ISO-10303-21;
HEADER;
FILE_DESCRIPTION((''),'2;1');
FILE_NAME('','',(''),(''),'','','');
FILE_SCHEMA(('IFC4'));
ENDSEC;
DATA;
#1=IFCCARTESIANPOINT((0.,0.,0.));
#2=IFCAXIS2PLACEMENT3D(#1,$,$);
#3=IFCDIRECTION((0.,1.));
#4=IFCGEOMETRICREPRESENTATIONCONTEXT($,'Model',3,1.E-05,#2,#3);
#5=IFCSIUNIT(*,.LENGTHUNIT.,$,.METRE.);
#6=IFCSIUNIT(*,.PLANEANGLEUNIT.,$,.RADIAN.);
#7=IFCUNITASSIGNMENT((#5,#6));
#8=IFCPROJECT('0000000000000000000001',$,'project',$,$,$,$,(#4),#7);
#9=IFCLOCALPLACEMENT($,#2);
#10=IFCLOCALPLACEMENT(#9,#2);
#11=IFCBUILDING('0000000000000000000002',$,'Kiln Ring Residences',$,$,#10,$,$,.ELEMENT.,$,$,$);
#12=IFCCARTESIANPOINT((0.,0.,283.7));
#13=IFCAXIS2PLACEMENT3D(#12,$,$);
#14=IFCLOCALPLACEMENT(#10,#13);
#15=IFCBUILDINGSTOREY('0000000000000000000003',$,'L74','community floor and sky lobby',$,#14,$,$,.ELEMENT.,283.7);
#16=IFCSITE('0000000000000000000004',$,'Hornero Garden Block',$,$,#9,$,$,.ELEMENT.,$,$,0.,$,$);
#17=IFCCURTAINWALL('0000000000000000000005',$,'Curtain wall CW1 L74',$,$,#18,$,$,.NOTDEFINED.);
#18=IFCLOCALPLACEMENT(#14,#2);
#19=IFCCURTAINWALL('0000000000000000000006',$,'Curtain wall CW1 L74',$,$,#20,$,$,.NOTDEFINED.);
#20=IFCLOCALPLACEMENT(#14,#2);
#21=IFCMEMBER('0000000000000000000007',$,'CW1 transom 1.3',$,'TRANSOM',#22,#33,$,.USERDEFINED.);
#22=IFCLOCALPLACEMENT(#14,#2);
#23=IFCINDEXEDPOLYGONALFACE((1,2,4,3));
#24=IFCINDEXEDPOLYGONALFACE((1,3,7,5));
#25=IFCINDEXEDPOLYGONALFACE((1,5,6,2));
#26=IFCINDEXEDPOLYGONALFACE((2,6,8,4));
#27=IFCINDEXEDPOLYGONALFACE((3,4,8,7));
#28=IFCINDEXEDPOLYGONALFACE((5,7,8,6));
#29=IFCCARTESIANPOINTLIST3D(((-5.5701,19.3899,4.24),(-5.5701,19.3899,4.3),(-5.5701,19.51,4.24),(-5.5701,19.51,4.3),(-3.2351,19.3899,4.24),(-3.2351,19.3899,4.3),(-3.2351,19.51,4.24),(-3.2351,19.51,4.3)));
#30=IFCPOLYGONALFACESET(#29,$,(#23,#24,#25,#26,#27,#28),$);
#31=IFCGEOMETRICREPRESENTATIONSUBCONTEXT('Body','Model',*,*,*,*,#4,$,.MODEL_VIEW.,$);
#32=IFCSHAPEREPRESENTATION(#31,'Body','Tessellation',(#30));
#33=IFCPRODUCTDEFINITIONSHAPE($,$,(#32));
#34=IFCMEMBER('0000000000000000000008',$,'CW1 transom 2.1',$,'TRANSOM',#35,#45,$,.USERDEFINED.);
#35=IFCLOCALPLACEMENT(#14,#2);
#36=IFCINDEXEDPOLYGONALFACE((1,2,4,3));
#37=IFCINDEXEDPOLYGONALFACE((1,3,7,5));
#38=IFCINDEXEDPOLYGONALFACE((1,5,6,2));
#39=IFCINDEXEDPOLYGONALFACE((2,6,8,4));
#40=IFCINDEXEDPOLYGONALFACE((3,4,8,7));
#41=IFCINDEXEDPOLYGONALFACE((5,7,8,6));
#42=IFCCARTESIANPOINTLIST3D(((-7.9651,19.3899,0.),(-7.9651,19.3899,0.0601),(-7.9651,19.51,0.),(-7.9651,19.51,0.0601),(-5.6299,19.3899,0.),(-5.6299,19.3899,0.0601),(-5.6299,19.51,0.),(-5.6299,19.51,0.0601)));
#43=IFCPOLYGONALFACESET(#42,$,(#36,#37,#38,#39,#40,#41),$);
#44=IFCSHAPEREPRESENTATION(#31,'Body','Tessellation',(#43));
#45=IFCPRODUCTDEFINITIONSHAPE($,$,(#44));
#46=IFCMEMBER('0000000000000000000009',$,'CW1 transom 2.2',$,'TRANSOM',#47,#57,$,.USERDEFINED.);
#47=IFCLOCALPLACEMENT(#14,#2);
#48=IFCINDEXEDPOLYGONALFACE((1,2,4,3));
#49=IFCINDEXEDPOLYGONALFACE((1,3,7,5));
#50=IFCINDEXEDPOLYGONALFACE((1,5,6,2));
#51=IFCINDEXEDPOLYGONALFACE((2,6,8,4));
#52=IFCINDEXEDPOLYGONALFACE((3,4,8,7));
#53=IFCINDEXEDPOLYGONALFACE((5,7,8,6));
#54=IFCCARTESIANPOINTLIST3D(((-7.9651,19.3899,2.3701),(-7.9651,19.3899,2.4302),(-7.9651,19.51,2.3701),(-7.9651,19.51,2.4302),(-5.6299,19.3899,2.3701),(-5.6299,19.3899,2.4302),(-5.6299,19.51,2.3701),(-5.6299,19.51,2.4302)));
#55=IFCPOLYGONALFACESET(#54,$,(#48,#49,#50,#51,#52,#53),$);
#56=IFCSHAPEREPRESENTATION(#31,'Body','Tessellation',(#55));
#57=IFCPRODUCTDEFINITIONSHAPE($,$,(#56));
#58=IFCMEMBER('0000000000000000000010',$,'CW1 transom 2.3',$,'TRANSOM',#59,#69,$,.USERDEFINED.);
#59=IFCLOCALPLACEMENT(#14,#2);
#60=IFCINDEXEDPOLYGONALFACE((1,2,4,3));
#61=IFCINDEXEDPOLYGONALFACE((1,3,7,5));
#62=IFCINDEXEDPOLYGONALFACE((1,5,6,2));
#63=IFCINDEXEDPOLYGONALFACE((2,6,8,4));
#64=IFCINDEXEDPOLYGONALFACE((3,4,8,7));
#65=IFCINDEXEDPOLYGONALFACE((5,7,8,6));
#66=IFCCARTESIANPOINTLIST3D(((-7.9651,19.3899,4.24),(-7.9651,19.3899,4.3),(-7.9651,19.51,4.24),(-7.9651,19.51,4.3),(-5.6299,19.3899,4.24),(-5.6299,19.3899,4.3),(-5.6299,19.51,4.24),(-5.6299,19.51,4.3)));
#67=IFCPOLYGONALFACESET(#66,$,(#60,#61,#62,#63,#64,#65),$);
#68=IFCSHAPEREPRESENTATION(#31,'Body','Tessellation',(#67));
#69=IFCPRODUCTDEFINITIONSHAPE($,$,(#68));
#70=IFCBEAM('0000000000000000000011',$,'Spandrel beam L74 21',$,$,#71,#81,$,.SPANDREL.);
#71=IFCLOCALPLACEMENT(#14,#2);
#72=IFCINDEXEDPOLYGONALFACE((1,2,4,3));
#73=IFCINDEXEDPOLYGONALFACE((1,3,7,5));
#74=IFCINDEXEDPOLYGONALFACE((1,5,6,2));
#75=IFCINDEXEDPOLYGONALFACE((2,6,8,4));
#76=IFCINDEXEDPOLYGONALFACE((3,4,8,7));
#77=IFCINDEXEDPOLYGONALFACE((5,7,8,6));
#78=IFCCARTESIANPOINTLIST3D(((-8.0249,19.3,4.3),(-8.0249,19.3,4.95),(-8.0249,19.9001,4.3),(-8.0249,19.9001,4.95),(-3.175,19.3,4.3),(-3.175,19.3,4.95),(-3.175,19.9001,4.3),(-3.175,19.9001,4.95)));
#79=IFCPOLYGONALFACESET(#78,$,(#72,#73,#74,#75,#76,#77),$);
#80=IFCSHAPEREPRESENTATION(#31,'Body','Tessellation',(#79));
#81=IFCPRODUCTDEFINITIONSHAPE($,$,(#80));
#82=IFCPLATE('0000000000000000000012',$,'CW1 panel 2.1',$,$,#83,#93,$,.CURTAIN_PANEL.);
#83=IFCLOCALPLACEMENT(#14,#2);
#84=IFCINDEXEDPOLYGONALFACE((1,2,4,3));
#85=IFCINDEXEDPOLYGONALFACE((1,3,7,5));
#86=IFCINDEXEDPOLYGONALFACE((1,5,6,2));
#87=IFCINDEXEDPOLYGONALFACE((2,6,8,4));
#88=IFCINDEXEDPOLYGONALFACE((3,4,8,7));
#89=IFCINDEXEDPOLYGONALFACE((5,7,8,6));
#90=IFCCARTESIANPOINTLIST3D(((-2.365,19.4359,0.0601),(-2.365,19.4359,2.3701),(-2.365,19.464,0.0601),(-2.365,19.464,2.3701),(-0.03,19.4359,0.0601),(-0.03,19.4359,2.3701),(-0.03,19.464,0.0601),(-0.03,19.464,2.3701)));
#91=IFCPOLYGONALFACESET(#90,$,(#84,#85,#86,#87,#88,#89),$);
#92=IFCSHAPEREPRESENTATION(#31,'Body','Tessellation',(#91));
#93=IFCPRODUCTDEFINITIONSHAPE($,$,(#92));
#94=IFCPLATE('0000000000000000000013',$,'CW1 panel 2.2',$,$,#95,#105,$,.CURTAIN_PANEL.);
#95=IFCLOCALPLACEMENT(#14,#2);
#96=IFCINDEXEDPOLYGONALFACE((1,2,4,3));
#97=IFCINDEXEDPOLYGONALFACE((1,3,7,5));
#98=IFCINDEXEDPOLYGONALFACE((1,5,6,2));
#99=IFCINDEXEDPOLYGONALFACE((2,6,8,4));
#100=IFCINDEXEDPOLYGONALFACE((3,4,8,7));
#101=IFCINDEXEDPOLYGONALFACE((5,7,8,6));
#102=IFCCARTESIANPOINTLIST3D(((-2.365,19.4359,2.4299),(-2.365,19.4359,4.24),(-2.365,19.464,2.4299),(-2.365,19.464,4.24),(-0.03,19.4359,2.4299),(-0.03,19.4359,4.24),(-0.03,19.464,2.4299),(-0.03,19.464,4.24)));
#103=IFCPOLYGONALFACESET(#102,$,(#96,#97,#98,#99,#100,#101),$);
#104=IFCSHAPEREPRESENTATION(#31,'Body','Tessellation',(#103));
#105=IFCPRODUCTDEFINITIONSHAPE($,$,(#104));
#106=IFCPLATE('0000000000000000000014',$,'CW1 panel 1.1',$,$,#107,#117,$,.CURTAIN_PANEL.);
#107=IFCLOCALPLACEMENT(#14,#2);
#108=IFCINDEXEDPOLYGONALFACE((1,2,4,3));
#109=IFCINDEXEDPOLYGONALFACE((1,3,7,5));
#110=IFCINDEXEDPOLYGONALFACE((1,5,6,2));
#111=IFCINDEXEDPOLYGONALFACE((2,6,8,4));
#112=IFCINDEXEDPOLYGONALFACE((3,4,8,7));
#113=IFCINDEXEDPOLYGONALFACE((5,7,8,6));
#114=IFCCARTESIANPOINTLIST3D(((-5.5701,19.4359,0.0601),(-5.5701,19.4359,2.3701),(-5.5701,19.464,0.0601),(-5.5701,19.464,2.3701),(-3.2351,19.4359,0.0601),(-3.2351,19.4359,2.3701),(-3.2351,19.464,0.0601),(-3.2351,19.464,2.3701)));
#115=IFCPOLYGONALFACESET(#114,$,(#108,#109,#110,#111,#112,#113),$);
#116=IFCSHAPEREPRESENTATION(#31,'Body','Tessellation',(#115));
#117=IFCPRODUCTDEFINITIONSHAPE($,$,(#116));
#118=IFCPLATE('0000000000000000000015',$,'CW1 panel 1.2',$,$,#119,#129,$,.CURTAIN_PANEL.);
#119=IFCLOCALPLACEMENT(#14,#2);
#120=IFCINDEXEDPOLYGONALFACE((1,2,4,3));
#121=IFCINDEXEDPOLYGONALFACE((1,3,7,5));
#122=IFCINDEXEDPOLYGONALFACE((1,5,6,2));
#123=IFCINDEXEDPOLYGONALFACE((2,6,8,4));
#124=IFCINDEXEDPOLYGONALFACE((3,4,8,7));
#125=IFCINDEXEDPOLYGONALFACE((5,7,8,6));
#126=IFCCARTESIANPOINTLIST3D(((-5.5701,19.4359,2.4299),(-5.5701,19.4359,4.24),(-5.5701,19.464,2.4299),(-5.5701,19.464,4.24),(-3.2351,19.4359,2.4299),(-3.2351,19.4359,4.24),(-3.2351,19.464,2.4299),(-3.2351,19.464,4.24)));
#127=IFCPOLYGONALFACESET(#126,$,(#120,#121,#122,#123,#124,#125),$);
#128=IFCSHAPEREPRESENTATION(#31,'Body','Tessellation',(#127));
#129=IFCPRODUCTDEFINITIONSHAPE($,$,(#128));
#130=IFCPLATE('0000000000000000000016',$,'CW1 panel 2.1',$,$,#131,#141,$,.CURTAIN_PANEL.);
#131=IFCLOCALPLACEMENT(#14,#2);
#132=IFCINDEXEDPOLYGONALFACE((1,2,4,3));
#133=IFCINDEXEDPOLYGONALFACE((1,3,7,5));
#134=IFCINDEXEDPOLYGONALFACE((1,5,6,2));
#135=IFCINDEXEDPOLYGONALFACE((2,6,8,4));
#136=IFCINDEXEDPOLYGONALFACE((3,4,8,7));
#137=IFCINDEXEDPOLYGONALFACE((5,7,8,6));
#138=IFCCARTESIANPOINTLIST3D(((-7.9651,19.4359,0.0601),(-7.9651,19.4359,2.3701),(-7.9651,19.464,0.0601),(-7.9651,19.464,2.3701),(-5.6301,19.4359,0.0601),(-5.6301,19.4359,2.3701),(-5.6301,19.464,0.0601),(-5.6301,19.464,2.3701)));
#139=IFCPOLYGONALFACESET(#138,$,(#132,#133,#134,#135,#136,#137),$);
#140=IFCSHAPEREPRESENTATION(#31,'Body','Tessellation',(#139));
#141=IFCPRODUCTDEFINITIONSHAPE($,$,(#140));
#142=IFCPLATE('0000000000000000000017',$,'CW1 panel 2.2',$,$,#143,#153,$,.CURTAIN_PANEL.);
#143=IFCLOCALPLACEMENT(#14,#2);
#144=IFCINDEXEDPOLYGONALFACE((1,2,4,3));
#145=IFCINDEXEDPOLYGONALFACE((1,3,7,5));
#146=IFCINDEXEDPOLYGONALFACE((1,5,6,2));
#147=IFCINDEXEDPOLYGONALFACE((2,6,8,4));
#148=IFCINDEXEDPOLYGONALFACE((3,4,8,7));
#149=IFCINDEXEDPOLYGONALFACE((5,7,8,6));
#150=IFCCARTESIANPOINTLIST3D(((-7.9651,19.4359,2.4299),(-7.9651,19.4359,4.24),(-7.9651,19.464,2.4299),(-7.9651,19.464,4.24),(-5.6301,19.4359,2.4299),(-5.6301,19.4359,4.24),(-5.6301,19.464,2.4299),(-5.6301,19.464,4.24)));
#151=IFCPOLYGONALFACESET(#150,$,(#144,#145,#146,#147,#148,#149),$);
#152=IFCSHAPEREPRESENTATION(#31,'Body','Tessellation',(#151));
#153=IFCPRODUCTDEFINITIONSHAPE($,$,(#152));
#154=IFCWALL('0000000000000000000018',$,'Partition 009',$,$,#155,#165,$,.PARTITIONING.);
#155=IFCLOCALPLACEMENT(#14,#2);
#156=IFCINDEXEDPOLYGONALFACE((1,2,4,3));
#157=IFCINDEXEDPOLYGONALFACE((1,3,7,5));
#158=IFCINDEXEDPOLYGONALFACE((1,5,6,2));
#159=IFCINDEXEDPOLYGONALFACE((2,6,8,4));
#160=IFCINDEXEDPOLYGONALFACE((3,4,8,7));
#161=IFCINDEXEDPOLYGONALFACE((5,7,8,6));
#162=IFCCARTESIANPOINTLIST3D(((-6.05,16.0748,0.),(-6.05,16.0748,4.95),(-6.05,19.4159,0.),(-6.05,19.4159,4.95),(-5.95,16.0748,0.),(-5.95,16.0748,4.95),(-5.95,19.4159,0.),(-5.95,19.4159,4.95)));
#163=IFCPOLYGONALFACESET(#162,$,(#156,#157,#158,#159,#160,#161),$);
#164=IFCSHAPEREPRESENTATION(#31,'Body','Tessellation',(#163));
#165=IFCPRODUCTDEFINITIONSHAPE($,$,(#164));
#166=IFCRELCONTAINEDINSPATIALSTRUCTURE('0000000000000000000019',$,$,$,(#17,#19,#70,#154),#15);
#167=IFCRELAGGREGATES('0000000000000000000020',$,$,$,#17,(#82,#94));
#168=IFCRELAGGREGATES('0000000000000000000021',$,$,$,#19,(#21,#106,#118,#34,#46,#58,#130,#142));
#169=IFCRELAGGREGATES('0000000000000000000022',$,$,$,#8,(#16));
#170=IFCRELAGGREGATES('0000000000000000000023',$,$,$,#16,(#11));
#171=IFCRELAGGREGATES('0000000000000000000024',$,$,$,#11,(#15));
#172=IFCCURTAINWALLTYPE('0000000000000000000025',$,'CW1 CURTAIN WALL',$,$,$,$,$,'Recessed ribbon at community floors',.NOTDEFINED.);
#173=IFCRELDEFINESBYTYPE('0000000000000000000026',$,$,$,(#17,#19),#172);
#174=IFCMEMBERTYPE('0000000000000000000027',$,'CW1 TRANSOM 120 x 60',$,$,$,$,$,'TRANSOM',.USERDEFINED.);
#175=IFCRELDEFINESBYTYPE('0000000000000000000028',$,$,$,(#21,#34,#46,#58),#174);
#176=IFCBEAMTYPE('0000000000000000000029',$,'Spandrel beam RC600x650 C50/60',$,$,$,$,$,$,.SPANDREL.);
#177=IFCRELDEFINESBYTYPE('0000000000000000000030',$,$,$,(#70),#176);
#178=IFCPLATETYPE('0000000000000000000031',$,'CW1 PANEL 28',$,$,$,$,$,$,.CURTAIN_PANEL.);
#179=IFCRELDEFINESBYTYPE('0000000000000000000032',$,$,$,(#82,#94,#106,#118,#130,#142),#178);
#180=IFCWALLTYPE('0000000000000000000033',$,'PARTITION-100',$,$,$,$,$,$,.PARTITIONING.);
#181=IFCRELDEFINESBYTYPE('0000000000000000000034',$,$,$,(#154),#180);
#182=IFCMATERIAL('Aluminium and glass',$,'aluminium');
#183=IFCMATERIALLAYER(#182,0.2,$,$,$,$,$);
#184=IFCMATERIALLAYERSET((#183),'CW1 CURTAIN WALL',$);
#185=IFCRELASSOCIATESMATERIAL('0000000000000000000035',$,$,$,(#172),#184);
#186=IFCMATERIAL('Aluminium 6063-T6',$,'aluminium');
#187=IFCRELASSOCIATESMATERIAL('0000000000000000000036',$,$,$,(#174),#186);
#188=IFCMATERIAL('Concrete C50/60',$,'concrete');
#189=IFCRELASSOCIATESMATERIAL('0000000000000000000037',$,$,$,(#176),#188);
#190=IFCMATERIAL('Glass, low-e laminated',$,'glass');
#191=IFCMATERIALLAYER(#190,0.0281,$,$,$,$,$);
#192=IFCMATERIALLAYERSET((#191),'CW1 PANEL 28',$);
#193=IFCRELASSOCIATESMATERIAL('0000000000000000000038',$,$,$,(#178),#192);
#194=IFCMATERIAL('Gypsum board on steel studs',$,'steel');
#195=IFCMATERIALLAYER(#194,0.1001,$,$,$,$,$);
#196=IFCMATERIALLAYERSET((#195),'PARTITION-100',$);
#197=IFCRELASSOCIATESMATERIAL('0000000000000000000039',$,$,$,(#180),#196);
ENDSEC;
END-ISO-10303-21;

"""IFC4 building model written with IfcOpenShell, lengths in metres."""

from ifc_helpers import new_model, si_unit, direction, frame, frame_2d, origin, origin_2d, place, context, subcontext, project, spatial, rectangle, extrude, material, layer, layer_set, material_profile, profile_set, type_object, element, aggregate, save


model = new_model("IFC4")

# Units and contexts
model_context = context("Model", 3, precision=1e-05, world=origin(), true_north=direction((0.0, 1.0)))
body_context = subcontext(model_context, "Body", "Model", "MODEL_VIEW")
ifc_project = project(units=[si_unit("LENGTHUNIT", "METRE"), si_unit("PLANEANGLEUNIT", "RADIAN")], contexts=[model_context])

# Site, building, storey
site_placement = place(None, origin())
site = spatial("IfcSite", under=ifc_project, at=site_placement, Name="Hornero Garden Block", CompositionType="ELEMENT", RefElevation=0.0)
building_placement = place(site_placement, origin())
building = spatial("IfcBuilding", under=site, at=building_placement, Name="Kiln Ring Residences", CompositionType="ELEMENT")
storey_placement = place(building_placement, frame((0.0, 0.0, 283.7)))
storey = spatial("IfcBuildingStorey", under=building, at=storey_placement, Name="L74", Description="community floor and sky lobby", CompositionType="ELEMENT", Elevation=283.7)

# Curtain wall
ifc_material_1 = material(Name="Aluminium and glass", Category="aluminium")
ifc_layer_1 = layer(ifc_material_1, 0.2)
ifc_layer_set_1 = layer_set([ifc_layer_1], Name="CW1 CURTAIN WALL")
curtain_wall_type = type_object("IfcCurtainWallType", Name="CW1 CURTAIN WALL", ElementType="Recessed ribbon at community floors", PredefinedType="NOTDEFINED", material=ifc_layer_set_1)
placement = place(storey_placement, origin())
curtain_wall_1 = element("IfcCurtainWall", 1, at=placement, inside=storey, type_object=curtain_wall_type, Name="Curtain wall CW1 L74", PredefinedType="NOTDEFINED")

# Curtain wall
curtain_wall_2 = element("IfcCurtainWall", 2, at=placement, inside=storey, type_object=curtain_wall_type, Name="Curtain wall CW1 L74", PredefinedType="NOTDEFINED")

# Members
ifc_material_2 = material(Name="Aluminium 6063-T6", Category="aluminium")
ifc_material_profile_1 = material_profile(ifc_material_2, rectangle(XDim=0.1201, YDim=0.0601, at=origin_2d()), Name="AL 120x60")
ifc_profile_set_1 = profile_set([ifc_material_profile_1], Name="Aluminium 6063-T6")
member_type_1 = type_object("IfcMemberType", Name="CW1 TRANSOM 120 x 60", ElementType="TRANSOM", PredefinedType="USERDEFINED", material=ifc_profile_set_1)
member_1_placement = place(storey_placement, frame((-3.2351, 19.45, 4.27), z_axis=(-1.0, 0.0, 0.0), x_axis=(0.0, -1.0, 0.0)))
member_1 = element("IfcMember", 3, at=member_1_placement, type_object=member_type_1, Name="CW1 transom 1.3", ObjectType="TRANSOM", PredefinedType="USERDEFINED", context=body_context, shape_type="SweptSolid", body=[
    extrude(rectangle(XDim=0.1201, YDim=0.0601, at=origin_2d()), origin(), (0.0, 0.0, 1.0), 2.335),
])
member_2_placement = place(storey_placement, frame((-5.6299, 19.45, 0.03), z_axis=(-1.0, 0.0, 0.0), x_axis=(0.0, -1.0, 0.0)))
member_2 = element("IfcMember", 4, at=member_2_placement, type_object=member_type_1, Name="CW1 transom 2.1", ObjectType="TRANSOM", PredefinedType="USERDEFINED", context=body_context, shape_type="SweptSolid", body=[
    extrude(rectangle(XDim=0.1201, YDim=0.0601, at=origin_2d()), origin(), (0.0, 0.0, 1.0), 2.3352),
])
member_3_placement = place(storey_placement, frame((-5.6299, 19.45, 2.4001), z_axis=(-1.0, 0.0, 0.0), x_axis=(0.0, -1.0, 0.0)))
member_3 = element("IfcMember", 5, at=member_3_placement, type_object=member_type_1, Name="CW1 transom 2.2", ObjectType="TRANSOM", PredefinedType="USERDEFINED", context=body_context, shape_type="SweptSolid", body=[
    extrude(rectangle(XDim=0.1201, YDim=0.0601, at=origin_2d()), origin(), (0.0, 0.0, 1.0), 2.3352),
])
member_4_placement = place(storey_placement, frame((-5.6299, 19.45, 4.27), z_axis=(-1.0, 0.0, 0.0), x_axis=(0.0, -1.0, 0.0)))
member_4 = element("IfcMember", 6, at=member_4_placement, type_object=member_type_1, Name="CW1 transom 2.3", ObjectType="TRANSOM", PredefinedType="USERDEFINED", context=body_context, shape_type="SweptSolid", body=[
    extrude(rectangle(XDim=0.1201, YDim=0.0601, at=origin_2d()), origin(), (0.0, 0.0, 1.0), 2.3352),
])

# Beam
ifc_material_3 = material(Name="Concrete C50/60", Category="concrete")
ifc_material_profile_2 = material_profile(ifc_material_3, rectangle(XDim=0.6001, YDim=0.6499, at=origin_2d()), Name="RC600x650")
ifc_profile_set_2 = profile_set([ifc_material_profile_2], Name="Concrete C50/60")
beam_type = type_object("IfcBeamType", Name="Spandrel beam RC600x650 C50/60", PredefinedType="SPANDREL", material=ifc_profile_set_2)
beam_placement = place(storey_placement, frame((-3.175, 19.6001, 4.625), z_axis=(-1.0, 0.0, 0.0), x_axis=(0.0, -1.0, 0.0)))
element("IfcBeam", 7, at=beam_placement, inside=storey, type_object=beam_type, Name="Spandrel beam L74 21", PredefinedType="SPANDREL", context=body_context, shape_type="SweptSolid", body=[
    extrude(rectangle(XDim=0.6001, YDim=0.6499, at=origin_2d()), origin(), (0.0, 0.0, 1.0), 4.8499),
])

# Plates
ifc_material_4 = material(Name="Glass, low-e laminated", Category="glass")
ifc_layer_2 = layer(ifc_material_4, 0.0281)
ifc_layer_set_2 = layer_set([ifc_layer_2], Name="CW1 PANEL 28")
plate_type = type_object("IfcPlateType", Name="CW1 PANEL 28", PredefinedType="CURTAIN_PANEL", material=ifc_layer_set_2)
plate_1_placement = place(storey_placement, frame((-1.1975, 19.45, 0.0601), z_axis=(0.0, 0.0, 1.0), x_axis=(-1.0, 0.0, 0.0)))
plate_1 = element("IfcPlate", 8, at=plate_1_placement, type_object=plate_type, Name="CW1 panel 2.1", PredefinedType="CURTAIN_PANEL", context=body_context, shape_type="SweptSolid", body=[
    extrude(rectangle(XDim=2.335, YDim=0.0281, at=origin_2d()), origin(), (0.0, 0.0, 1.0), 2.3101),
])
plate_2_placement = place(storey_placement, frame((-1.1975, 19.45, 2.4299), z_axis=(0.0, 0.0, 1.0), x_axis=(-1.0, 0.0, 0.0)))
plate_2 = element("IfcPlate", 9, at=plate_2_placement, type_object=plate_type, Name="CW1 panel 2.2", PredefinedType="CURTAIN_PANEL", context=body_context, shape_type="SweptSolid", body=[
    extrude(rectangle(XDim=2.335, YDim=0.0281, at=origin_2d()), origin(), (0.0, 0.0, 1.0), 1.8101),
])
aggregate(curtain_wall_1, [plate_1, plate_2])
plate_3_placement = place(storey_placement, frame((-4.4026, 19.45, 0.0601), z_axis=(0.0, 0.0, 1.0), x_axis=(-1.0, 0.0, 0.0)))
plate_3 = element("IfcPlate", 10, at=plate_3_placement, type_object=plate_type, Name="CW1 panel 1.1", PredefinedType="CURTAIN_PANEL", context=body_context, shape_type="SweptSolid", body=[
    extrude(rectangle(XDim=2.335, YDim=0.0281, at=origin_2d()), origin(), (0.0, 0.0, 1.0), 2.3101),
])
plate_4_placement = place(storey_placement, frame((-4.4026, 19.45, 2.4299), z_axis=(0.0, 0.0, 1.0), x_axis=(-1.0, 0.0, 0.0)))
plate_4 = element("IfcPlate", 11, at=plate_4_placement, type_object=plate_type, Name="CW1 panel 1.2", PredefinedType="CURTAIN_PANEL", context=body_context, shape_type="SweptSolid", body=[
    extrude(rectangle(XDim=2.335, YDim=0.0281, at=origin_2d()), origin(), (0.0, 0.0, 1.0), 1.8101),
])
plate_5_placement = place(storey_placement, frame((-6.7976, 19.45, 0.0601), z_axis=(0.0, 0.0, 1.0), x_axis=(-1.0, 0.0, 0.0)))
plate_5 = element("IfcPlate", 12, at=plate_5_placement, type_object=plate_type, Name="CW1 panel 2.1", PredefinedType="CURTAIN_PANEL", context=body_context, shape_type="SweptSolid", body=[
    extrude(rectangle(XDim=2.335, YDim=0.0281, at=origin_2d()), origin(), (0.0, 0.0, 1.0), 2.3101),
])
plate_6_placement = place(storey_placement, frame((-6.7976, 19.45, 2.4299), z_axis=(0.0, 0.0, 1.0), x_axis=(-1.0, 0.0, 0.0)))
plate_6 = element("IfcPlate", 13, at=plate_6_placement, type_object=plate_type, Name="CW1 panel 2.2", PredefinedType="CURTAIN_PANEL", context=body_context, shape_type="SweptSolid", body=[
    extrude(rectangle(XDim=2.335, YDim=0.0281, at=origin_2d()), origin(), (0.0, 0.0, 1.0), 1.8101),
])
aggregate(curtain_wall_2, [member_1, plate_3, plate_4, member_2, member_3, member_4, plate_5, plate_6])

# Wall
ifc_material_5 = material(Name="Gypsum board on steel studs", Category="steel")
ifc_layer_3 = layer(ifc_material_5, 0.1001)
ifc_layer_set_3 = layer_set([ifc_layer_3], Name="PARTITION-100")
wall_type = type_object("IfcWallType", Name="PARTITION-100", PredefinedType="PARTITIONING", material=ifc_layer_set_3)
wall_placement = place(storey_placement, frame((-6.0, 16.075, 0.0), z_axis=(0.0, 0.0, 1.0), x_axis=(0.0, 1.0, 0.0)))
element("IfcWall", 14, at=wall_placement, inside=storey, type_object=wall_type, Name="Partition 009", PredefinedType="PARTITIONING", context=body_context, shape_type="SweptSolid", body=[
    extrude(rectangle(XDim=3.3411, YDim=0.1001, at=frame_2d((1.6704, 0.0))), origin(), (0.0, 0.0, 1.0), 4.95),
])

save(model, "model.ifc")
